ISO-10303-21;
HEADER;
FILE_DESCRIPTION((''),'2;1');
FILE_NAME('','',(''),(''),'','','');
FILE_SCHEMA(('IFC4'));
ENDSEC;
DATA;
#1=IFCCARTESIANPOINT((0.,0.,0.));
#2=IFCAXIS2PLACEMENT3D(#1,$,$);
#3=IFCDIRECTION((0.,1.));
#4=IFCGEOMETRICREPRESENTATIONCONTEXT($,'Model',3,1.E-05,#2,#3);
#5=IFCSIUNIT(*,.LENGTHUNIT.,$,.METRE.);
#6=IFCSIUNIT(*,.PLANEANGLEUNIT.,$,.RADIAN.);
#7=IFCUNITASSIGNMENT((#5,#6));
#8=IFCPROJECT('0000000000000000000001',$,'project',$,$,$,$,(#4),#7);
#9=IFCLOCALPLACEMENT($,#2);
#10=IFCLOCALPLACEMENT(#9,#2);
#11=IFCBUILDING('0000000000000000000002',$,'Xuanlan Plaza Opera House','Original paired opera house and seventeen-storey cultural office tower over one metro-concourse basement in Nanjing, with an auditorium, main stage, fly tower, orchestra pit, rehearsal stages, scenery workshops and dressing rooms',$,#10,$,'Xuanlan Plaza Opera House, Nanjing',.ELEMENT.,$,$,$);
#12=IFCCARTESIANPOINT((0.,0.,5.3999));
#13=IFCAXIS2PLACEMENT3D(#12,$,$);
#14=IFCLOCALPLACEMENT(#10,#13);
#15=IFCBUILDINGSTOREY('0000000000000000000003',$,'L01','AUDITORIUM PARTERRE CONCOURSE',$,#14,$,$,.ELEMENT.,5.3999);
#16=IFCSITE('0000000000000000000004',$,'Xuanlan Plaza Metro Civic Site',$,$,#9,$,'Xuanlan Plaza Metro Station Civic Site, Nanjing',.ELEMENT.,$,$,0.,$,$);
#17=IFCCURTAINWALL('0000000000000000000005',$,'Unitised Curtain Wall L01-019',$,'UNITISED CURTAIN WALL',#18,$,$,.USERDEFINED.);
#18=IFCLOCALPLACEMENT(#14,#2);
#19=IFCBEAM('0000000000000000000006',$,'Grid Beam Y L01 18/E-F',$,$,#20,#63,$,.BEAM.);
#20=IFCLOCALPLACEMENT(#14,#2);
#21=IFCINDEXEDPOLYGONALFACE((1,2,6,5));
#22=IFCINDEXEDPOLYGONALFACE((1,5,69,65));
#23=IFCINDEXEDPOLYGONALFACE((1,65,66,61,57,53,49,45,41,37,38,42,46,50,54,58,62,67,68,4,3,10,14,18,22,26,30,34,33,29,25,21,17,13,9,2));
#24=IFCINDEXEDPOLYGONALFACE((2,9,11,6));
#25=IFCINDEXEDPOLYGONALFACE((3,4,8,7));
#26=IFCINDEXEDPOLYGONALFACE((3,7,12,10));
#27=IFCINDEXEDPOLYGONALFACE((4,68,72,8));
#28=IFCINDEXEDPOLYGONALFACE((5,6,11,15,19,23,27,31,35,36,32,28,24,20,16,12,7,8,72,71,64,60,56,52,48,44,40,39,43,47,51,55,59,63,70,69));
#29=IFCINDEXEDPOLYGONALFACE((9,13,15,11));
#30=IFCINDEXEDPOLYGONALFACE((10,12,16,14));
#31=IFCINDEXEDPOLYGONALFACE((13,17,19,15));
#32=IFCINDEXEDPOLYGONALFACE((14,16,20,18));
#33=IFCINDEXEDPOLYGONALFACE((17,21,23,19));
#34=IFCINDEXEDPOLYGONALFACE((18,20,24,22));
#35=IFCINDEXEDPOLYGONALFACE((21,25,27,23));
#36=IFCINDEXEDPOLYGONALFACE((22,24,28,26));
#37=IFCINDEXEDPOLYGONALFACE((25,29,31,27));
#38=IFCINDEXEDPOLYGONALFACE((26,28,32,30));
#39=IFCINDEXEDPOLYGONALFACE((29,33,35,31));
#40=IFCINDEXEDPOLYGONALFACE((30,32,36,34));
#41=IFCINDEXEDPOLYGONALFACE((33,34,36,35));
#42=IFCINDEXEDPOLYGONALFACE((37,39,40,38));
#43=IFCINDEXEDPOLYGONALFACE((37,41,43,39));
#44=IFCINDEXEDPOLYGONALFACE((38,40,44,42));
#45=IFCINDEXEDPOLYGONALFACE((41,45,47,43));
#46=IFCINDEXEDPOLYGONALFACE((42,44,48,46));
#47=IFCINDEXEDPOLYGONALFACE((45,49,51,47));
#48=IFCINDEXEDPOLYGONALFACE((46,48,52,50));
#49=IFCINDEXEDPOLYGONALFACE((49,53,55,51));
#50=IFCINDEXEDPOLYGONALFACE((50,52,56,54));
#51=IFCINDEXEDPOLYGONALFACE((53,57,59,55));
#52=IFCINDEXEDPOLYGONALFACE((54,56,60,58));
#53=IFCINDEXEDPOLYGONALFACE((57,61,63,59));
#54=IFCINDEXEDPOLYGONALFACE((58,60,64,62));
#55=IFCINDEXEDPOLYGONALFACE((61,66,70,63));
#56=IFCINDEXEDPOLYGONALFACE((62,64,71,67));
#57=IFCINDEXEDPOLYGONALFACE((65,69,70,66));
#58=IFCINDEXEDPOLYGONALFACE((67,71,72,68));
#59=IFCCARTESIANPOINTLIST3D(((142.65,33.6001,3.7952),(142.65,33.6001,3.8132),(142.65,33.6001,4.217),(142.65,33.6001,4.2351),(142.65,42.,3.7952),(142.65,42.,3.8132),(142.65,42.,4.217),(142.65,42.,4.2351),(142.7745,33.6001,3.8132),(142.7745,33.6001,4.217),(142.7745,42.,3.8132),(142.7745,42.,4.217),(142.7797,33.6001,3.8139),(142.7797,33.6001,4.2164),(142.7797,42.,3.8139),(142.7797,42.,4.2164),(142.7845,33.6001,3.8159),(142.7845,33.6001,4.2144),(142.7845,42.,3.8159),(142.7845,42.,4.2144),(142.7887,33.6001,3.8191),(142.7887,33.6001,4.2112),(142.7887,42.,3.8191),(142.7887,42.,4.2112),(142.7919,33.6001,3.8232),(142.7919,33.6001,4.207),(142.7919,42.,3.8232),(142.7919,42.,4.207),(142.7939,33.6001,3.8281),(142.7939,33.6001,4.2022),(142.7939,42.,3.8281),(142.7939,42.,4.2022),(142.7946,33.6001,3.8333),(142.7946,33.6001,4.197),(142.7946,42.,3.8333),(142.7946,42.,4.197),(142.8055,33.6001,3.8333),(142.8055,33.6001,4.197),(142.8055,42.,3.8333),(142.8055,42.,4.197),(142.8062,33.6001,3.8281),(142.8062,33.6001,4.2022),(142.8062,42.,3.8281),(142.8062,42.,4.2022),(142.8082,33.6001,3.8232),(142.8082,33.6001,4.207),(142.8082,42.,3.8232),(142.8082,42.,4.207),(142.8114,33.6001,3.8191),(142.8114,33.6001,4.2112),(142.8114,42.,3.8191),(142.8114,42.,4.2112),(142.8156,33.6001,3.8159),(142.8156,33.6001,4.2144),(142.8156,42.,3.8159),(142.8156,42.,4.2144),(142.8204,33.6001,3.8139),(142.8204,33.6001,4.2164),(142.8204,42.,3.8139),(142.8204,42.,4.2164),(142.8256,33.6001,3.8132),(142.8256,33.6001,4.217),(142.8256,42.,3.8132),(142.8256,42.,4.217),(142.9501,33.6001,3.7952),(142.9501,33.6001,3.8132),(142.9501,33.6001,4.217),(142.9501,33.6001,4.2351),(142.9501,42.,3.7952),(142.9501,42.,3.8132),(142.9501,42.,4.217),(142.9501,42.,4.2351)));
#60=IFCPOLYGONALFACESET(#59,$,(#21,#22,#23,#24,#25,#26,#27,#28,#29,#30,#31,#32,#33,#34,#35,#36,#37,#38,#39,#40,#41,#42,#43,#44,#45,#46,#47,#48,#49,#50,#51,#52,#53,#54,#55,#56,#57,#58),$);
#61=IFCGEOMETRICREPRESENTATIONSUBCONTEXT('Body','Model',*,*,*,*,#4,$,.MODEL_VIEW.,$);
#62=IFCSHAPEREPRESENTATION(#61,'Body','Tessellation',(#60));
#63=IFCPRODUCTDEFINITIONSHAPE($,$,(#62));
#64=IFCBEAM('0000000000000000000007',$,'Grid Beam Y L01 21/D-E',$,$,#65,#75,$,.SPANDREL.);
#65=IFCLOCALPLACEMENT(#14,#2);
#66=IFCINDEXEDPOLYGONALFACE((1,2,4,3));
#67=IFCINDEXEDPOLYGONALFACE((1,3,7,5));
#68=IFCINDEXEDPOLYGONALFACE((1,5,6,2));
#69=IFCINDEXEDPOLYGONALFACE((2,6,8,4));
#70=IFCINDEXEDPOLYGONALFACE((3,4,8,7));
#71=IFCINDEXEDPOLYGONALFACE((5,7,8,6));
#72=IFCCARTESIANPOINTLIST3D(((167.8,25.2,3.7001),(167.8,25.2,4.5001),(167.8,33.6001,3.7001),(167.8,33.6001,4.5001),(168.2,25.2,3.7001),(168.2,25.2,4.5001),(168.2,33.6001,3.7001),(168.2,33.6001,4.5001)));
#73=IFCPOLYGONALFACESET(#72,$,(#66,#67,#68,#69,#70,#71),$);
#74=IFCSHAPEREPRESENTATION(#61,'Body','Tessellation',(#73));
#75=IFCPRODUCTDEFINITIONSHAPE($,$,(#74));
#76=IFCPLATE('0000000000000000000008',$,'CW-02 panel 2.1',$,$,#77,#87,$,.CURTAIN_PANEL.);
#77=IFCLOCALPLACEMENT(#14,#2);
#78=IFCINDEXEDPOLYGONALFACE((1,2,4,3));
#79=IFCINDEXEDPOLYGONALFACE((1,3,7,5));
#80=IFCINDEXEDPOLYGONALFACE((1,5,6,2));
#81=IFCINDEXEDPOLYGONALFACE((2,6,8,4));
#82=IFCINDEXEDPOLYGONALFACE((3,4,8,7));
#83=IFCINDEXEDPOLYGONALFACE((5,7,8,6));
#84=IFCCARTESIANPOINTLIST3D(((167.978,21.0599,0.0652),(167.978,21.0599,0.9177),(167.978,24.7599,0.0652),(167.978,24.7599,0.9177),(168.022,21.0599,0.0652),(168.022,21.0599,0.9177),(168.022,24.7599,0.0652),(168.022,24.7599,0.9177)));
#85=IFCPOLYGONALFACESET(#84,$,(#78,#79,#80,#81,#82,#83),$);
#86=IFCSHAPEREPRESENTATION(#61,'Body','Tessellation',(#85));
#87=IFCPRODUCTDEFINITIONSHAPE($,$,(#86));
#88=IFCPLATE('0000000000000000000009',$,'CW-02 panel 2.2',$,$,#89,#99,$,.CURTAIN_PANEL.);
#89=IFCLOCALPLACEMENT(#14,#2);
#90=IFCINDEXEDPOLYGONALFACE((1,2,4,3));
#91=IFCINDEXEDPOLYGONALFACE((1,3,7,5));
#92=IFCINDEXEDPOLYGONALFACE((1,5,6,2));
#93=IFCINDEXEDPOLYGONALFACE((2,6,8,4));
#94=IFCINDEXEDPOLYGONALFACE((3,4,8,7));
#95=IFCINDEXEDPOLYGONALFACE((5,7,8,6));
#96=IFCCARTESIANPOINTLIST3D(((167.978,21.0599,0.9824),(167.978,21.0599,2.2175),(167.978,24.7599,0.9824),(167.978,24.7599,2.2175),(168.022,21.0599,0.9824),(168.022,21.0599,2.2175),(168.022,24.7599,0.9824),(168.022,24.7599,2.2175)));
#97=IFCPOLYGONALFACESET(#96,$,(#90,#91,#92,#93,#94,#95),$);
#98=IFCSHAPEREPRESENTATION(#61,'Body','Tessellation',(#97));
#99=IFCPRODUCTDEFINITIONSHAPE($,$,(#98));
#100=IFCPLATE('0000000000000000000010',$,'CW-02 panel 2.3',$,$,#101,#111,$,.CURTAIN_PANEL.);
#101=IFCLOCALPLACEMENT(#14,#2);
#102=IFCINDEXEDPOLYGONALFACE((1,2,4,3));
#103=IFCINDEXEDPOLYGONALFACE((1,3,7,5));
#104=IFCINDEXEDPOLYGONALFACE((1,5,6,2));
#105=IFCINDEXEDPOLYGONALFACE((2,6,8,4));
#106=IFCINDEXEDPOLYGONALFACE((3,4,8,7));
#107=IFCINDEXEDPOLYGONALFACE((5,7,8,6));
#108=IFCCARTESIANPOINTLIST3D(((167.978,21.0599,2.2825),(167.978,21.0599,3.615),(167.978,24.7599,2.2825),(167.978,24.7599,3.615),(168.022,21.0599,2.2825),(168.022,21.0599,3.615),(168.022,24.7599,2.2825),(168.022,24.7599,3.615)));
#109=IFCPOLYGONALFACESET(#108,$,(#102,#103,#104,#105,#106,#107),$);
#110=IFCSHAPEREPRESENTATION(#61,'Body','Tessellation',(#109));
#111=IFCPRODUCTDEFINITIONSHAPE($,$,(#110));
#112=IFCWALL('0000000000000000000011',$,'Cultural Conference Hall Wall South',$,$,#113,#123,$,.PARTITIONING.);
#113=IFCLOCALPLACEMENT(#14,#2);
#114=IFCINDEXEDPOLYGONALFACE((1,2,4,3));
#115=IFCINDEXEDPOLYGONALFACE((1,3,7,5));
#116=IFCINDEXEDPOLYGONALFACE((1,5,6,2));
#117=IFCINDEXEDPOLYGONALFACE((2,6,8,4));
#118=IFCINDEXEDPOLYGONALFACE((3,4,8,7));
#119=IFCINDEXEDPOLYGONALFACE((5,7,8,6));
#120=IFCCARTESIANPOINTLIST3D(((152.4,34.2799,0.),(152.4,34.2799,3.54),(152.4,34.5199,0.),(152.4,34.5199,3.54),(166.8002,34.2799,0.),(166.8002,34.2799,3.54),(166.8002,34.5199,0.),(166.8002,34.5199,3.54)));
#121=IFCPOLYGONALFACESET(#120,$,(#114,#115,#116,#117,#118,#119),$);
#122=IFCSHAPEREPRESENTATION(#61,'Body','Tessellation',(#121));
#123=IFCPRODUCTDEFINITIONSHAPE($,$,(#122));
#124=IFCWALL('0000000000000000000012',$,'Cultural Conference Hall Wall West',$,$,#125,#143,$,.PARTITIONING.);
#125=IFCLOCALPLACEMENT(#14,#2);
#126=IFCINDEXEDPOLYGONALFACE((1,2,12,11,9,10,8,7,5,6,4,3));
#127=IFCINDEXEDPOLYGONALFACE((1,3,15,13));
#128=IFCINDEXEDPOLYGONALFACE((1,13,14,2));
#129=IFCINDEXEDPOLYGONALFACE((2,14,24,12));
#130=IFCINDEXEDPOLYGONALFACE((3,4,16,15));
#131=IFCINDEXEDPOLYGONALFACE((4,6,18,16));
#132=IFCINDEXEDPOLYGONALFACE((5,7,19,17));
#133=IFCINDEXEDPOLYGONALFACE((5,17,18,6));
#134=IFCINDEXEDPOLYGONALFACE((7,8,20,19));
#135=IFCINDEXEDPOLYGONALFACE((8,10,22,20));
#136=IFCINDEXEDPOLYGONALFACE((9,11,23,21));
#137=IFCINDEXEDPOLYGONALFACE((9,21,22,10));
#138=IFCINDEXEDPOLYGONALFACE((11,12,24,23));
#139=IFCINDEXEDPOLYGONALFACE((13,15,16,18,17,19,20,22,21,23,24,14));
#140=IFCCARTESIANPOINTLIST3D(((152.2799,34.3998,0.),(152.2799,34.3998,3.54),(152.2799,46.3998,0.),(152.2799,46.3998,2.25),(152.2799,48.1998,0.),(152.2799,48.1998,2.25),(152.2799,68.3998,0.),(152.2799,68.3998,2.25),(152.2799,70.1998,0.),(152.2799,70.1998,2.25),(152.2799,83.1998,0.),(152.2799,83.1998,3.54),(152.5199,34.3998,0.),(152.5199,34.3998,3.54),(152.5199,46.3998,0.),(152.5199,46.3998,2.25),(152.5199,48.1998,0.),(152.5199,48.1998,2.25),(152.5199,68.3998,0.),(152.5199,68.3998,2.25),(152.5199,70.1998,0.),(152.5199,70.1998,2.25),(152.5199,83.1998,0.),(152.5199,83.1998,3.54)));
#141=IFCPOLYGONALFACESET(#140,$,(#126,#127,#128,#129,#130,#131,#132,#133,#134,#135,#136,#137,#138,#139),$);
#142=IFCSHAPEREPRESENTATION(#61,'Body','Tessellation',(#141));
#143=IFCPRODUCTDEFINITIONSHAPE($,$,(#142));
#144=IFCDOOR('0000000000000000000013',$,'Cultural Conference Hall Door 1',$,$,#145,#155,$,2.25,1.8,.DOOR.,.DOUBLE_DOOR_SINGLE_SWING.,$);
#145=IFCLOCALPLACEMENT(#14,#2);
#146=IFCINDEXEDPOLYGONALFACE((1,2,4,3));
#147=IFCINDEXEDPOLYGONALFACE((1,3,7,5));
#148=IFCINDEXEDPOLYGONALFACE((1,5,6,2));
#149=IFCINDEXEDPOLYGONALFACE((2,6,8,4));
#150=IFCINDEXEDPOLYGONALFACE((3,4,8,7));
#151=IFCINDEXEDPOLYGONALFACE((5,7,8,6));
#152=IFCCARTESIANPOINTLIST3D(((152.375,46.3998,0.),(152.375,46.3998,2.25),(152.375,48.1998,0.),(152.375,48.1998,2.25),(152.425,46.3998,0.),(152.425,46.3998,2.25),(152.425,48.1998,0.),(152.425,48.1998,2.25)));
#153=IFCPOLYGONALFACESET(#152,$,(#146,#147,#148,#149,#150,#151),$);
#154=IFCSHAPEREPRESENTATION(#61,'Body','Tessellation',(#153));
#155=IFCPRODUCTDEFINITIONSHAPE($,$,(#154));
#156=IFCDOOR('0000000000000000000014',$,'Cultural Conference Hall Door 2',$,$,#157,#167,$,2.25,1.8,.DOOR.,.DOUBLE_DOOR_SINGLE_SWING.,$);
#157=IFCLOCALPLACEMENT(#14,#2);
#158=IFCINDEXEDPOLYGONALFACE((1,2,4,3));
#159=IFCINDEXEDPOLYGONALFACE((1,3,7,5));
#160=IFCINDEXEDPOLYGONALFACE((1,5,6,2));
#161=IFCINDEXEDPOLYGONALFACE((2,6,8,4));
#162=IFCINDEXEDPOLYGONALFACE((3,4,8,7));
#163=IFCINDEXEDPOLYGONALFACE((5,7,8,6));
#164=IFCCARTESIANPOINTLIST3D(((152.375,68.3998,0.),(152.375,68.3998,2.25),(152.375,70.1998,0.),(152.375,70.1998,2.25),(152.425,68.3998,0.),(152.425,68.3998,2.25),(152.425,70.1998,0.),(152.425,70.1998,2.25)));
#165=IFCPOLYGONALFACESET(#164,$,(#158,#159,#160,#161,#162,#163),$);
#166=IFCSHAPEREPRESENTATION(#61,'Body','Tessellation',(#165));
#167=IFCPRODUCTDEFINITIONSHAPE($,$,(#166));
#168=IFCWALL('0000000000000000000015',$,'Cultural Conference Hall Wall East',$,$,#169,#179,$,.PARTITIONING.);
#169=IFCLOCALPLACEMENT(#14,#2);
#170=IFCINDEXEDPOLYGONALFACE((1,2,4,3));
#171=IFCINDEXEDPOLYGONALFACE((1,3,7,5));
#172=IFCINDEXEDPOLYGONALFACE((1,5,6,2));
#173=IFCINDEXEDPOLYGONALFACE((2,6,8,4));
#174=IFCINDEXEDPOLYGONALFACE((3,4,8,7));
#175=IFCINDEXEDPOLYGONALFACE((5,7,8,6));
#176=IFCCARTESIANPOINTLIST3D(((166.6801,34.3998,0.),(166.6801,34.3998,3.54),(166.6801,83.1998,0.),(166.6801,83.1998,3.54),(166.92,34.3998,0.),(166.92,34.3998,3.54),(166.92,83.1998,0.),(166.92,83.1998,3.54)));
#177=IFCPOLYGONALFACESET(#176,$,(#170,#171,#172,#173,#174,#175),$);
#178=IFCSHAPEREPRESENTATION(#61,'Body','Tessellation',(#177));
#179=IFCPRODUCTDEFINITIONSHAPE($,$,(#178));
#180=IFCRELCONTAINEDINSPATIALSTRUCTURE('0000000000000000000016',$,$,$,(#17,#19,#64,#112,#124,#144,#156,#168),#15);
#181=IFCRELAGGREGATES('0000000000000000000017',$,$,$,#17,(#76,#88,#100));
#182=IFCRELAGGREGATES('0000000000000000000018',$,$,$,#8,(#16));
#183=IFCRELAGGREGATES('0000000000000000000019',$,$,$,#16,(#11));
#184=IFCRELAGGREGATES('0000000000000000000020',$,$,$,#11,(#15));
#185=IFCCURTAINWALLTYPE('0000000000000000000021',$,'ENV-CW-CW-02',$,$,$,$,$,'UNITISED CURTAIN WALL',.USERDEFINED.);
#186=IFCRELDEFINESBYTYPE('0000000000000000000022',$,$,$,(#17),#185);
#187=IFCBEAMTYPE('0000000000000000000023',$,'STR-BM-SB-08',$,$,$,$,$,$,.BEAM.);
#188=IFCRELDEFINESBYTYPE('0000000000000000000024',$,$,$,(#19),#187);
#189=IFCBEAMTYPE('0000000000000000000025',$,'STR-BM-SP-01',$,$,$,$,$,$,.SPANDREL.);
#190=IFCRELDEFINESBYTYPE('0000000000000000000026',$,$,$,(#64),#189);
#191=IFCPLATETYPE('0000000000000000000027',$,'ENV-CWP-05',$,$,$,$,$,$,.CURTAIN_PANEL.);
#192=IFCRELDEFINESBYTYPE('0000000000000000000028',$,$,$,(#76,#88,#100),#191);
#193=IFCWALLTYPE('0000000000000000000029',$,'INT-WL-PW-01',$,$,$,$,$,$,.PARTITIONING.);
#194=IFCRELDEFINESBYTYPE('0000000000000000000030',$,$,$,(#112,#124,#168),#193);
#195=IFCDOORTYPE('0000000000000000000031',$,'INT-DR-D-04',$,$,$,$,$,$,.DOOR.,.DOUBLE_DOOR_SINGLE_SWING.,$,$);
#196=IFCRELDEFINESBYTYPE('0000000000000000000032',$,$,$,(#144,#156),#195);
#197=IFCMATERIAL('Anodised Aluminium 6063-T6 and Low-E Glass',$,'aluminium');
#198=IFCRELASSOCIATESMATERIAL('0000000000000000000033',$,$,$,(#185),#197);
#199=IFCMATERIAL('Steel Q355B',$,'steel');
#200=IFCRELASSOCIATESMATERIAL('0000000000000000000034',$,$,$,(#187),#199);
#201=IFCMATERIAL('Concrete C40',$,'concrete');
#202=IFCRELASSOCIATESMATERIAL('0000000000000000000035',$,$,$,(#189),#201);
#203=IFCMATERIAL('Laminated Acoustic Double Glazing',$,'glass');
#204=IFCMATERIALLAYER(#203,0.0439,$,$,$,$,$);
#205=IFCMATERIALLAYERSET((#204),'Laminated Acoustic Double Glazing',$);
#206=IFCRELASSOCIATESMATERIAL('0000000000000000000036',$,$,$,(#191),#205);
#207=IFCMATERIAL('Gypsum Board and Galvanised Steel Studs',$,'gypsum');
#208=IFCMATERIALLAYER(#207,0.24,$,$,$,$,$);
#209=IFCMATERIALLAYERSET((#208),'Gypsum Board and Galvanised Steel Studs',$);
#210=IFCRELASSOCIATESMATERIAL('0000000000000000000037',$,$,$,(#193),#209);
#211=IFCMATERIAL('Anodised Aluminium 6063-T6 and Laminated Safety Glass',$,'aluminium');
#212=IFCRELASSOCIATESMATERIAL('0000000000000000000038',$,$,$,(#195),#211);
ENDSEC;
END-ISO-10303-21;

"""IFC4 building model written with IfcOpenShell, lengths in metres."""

from ifc_helpers import new_model, si_unit, direction, frame, frame_2d, origin, origin_2d, place, context, subcontext, project, spatial, rectangle, i_section, extrude, material, layer, layer_set, material_profile, profile_set, type_object, element, fill, aggregate, save


model = new_model("IFC4")

# Units and contexts
model_context = context("Model", 3, precision=1e-05, world=origin(), true_north=direction((0.0, 1.0)))
body_context = subcontext(model_context, "Body", "Model", "MODEL_VIEW")
ifc_project = project(units=[si_unit("LENGTHUNIT", "METRE"), si_unit("PLANEANGLEUNIT", "RADIAN")], contexts=[model_context])

# Site, building, storey
site_placement = place(None, origin())
site = spatial("IfcSite", under=ifc_project, at=site_placement, Name="Xuanlan Plaza Metro Civic Site", LongName="Xuanlan Plaza Metro Station Civic Site, Nanjing", CompositionType="ELEMENT", RefElevation=0.0)
building_placement = place(site_placement, origin())
building = spatial("IfcBuilding", under=site, at=building_placement, Name="Xuanlan Plaza Opera House", Description="Original paired opera house and seventeen-storey cultural office tower over one metro-concourse basement in Nanjing, with an auditorium, main stage, fly tower, orchestra pit, rehearsal stages, scenery workshops and dressing rooms", LongName="Xuanlan Plaza Opera House, Nanjing", CompositionType="ELEMENT")
storey_placement = place(building_placement, frame((0.0, 0.0, 5.3999)))
storey = spatial("IfcBuildingStorey", under=building, at=storey_placement, Name="L01", Description="AUDITORIUM PARTERRE CONCOURSE", CompositionType="ELEMENT", Elevation=5.3999)

# Shared definitions
ifc_material_1 = material(Name="Concrete C40", Category="concrete")

# Curtain wall
ifc_material_2 = material(Name="Anodised Aluminium 6063-T6 and Low-E Glass", Category="aluminium")
curtain_wall_type_1 = type_object("IfcCurtainWallType", Name="ENV-CW-CW-02", ElementType="UNITISED CURTAIN WALL", PredefinedType="USERDEFINED", material=ifc_material_2)
curtain_wall_1_placement = place(storey_placement, origin())
curtain_wall_1 = element("IfcCurtainWall", 1, at=curtain_wall_1_placement, inside=storey, type_object=curtain_wall_type_1, Name="Unitised Curtain Wall L01-019", ObjectType="UNITISED CURTAIN WALL", PredefinedType="USERDEFINED")

# Beams
ifc_material_3 = material(Name="Steel Q355B", Category="steel")
ifc_material_profile_1 = material_profile(ifc_material_3, i_section(OverallWidth=0.3, OverallDepth=0.4399, WebThickness=0.011, FlangeThickness=0.0181, FilletRadius=0.02, at=origin_2d()), Name="HM 440x300x11x18")
ifc_profile_set_1 = profile_set([ifc_material_profile_1], Name="Steel Q355B")
beam_type_1 = type_object("IfcBeamType", Name="STR-BM-SB-08", PredefinedType="BEAM", material=ifc_profile_set_1)
beam_1_placement = place(storey_placement, frame((142.8, 33.6001, 4.0151), z_axis=(0.0, 1.0, 0.0), x_axis=(-1.0, 0.0, 0.0)))
element("IfcBeam", 2, at=beam_1_placement, inside=storey, type_object=beam_type_1, Name="Grid Beam Y L01 18/E-F", PredefinedType="BEAM", context=body_context, shape_type="SweptSolid", body=[
    extrude(i_section(OverallWidth=0.3, OverallDepth=0.4399, WebThickness=0.011, FlangeThickness=0.0181, FilletRadius=0.02, at=origin_2d()), origin(), (0.0, 0.0, 1.0), 8.3999),
])
ifc_material_profile_2 = material_profile(ifc_material_1, rectangle(XDim=0.3999, YDim=0.8, at=origin_2d()), Name="RC-SPD 400x800")
ifc_profile_set_2 = profile_set([ifc_material_profile_2], Name="Concrete C40")
beam_type_2 = type_object("IfcBeamType", Name="STR-BM-SP-01", PredefinedType="SPANDREL", material=ifc_profile_set_2)
beam_2_placement = place(storey_placement, frame((168.0, 25.2, 4.1001), z_axis=(0.0, 1.0, 0.0), x_axis=(-1.0, 0.0, 0.0)))
element("IfcBeam", 3, at=beam_2_placement, inside=storey, type_object=beam_type_2, Name="Grid Beam Y L01 21/D-E", PredefinedType="SPANDREL", context=body_context, shape_type="SweptSolid", body=[
    extrude(rectangle(XDim=0.3999, YDim=0.8, at=origin_2d()), origin(), (0.0, 0.0, 1.0), 8.4001),
])

# Plates
ifc_material_4 = material(Name="Laminated Acoustic Double Glazing", Category="glass")
ifc_layer_1 = layer(ifc_material_4, 0.0439)
ifc_layer_set_1 = layer_set([ifc_layer_1], Name="Laminated Acoustic Double Glazing")
plate_type = type_object("IfcPlateType", Name="ENV-CWP-05", PredefinedType="CURTAIN_PANEL", material=ifc_layer_set_1)
plate_1_placement = place(storey_placement, frame((168.0, 22.9099, 0.0652), z_axis=(0.0, 0.0, 1.0), x_axis=(0.0, 1.0, 0.0)))
plate_1 = element("IfcPlate", 4, at=plate_1_placement, type_object=plate_type, Name="CW-02 panel 2.1", PredefinedType="CURTAIN_PANEL", context=body_context, shape_type="SweptSolid", body=[
    extrude(rectangle(XDim=3.7, YDim=0.0439, at=origin_2d()), origin(), (0.0, 0.0, 1.0), 0.8525),
])
plate_2_placement = place(storey_placement, frame((168.0, 22.9099, 0.9824), z_axis=(0.0, 0.0, 1.0), x_axis=(0.0, 1.0, 0.0)))
plate_2 = element("IfcPlate", 5, at=plate_2_placement, type_object=plate_type, Name="CW-02 panel 2.2", PredefinedType="CURTAIN_PANEL", context=body_context, shape_type="SweptSolid", body=[
    extrude(rectangle(XDim=3.7, YDim=0.0439, at=origin_2d()), origin(), (0.0, 0.0, 1.0), 1.2351),
])
plate_3_placement = place(storey_placement, frame((168.0, 22.9099, 2.2825), z_axis=(0.0, 0.0, 1.0), x_axis=(0.0, 1.0, 0.0)))
plate_3 = element("IfcPlate", 6, at=plate_3_placement, type_object=plate_type, Name="CW-02 panel 2.3", PredefinedType="CURTAIN_PANEL", context=body_context, shape_type="SweptSolid", body=[
    extrude(rectangle(XDim=3.7, YDim=0.0439, at=origin_2d()), origin(), (0.0, 0.0, 1.0), 1.3325),
])
aggregate(curtain_wall_1, [plate_1, plate_2, plate_3])

# Wall
ifc_material_5 = material(Name="Gypsum Board and Galvanised Steel Studs", Category="gypsum")
ifc_layer_2 = layer(ifc_material_5, 0.24)
ifc_layer_set_2 = layer_set([ifc_layer_2], Name="Gypsum Board and Galvanised Steel Studs")
wall_type = type_object("IfcWallType", Name="INT-WL-PW-01", PredefinedType="PARTITIONING", material=ifc_layer_set_2)
wall_1_placement = place(storey_placement, frame((152.3999, 34.3999, 0.0), z_axis=(0.0, 0.0, 1.0), x_axis=(1.0, 0.0, 0.0)))
element("IfcWall", 7, at=wall_1_placement, inside=storey, type_object=wall_type, Name="Cultural Conference Hall Wall South", PredefinedType="PARTITIONING", context=body_context, shape_type="SweptSolid", body=[
    extrude(rectangle(XDim=14.4001, YDim=0.24, at=frame_2d((7.2002, 0.0))), origin(), (0.0, 0.0, 1.0), 3.54),
])

# Wall, openings, doors
wall_2_placement = place(storey_placement, frame((152.3999, 34.3999, 0.0), z_axis=(0.0, 0.0, 1.0), x_axis=(0.0, 1.0, 0.0)))
wall_2 = element("IfcWall", 8, at=wall_2_placement, inside=storey, type_object=wall_type, Name="Cultural Conference Hall Wall West", PredefinedType="PARTITIONING", context=body_context, shape_type="SweptSolid", body=[
    extrude(rectangle(XDim=48.8, YDim=0.24, at=frame_2d((24.3999, 0.0))), origin(), (0.0, 0.0, 1.0), 3.54),
])
opening_1_placement = place(wall_2_placement, frame((12.0, 0.0, 0.0)))
opening_1 = element("IfcOpeningElement", 9, at=opening_1_placement, cuts=wall_2, PredefinedType="OPENING", context=body_context, shape_type="SweptSolid", body=[
    extrude(rectangle(XDim=1.8, YDim=2.25, at=frame_2d((0.8999, 1.125))), frame((0.0, 0.1299, 0.0), z_axis=(0.0, -1.0, 0.0), x_axis=(1.0, 0.0, 0.0)), (0.0, 0.0, 1.0), 0.26),
])
opening_2_placement = place(wall_2_placement, frame((34.0, 0.0, 0.0)))
opening_2 = element("IfcOpeningElement", 10, at=opening_2_placement, cuts=wall_2, PredefinedType="OPENING", context=body_context, shape_type="SweptSolid", body=[
    extrude(rectangle(XDim=1.8, YDim=2.25, at=frame_2d((0.8999, 1.125))), frame((0.0, 0.1299, 0.0), z_axis=(0.0, -1.0, 0.0), x_axis=(1.0, 0.0, 0.0)), (0.0, 0.0, 1.0), 0.26),
])
ifc_material_6 = material(Name="Anodised Aluminium 6063-T6 and Laminated Safety Glass", Category="aluminium")
door_type = type_object("IfcDoorType", Name="INT-DR-D-04", OperationType="DOUBLE_DOOR_SINGLE_SWING", PredefinedType="DOOR", material=ifc_material_6)
door_1_placement = place(opening_1_placement, origin())
door_1 = element("IfcDoor", 11, at=door_1_placement, inside=storey, type_object=door_type, Name="Cultural Conference Hall Door 1", OperationType="DOUBLE_DOOR_SINGLE_SWING", OverallHeight=2.25, OverallWidth=1.8, PredefinedType="DOOR", context=body_context, shape_type="SweptSolid", body=[
    extrude(rectangle(XDim=1.8, YDim=2.25, at=frame_2d((0.8999, 1.125))), frame((0.0, 0.0249, 0.0), z_axis=(0.0, -1.0, 0.0), x_axis=(1.0, 0.0, 0.0)), (0.0, 0.0, 1.0), 0.05),
])
fill(opening_1, door_1)
door_2_placement = place(opening_2_placement, origin())
door_2 = element("IfcDoor", 12, at=door_2_placement, inside=storey, type_object=door_type, Name="Cultural Conference Hall Door 2", OperationType="DOUBLE_DOOR_SINGLE_SWING", OverallHeight=2.25, OverallWidth=1.8, PredefinedType="DOOR", context=body_context, shape_type="SweptSolid", body=[
    extrude(rectangle(XDim=1.8, YDim=2.25, at=frame_2d((0.8999, 1.125))), frame((0.0, 0.0249, 0.0), z_axis=(0.0, -1.0, 0.0), x_axis=(1.0, 0.0, 0.0)), (0.0, 0.0, 1.0), 0.05),
])
fill(opening_2, door_2)

# Wall
wall_3_placement = place(storey_placement, frame((166.8, 34.3999, 0.0), z_axis=(0.0, 0.0, 1.0), x_axis=(0.0, 1.0, 0.0)))
element("IfcWall", 13, at=wall_3_placement, inside=storey, type_object=wall_type, Name="Cultural Conference Hall Wall East", PredefinedType="PARTITIONING", context=body_context, shape_type="SweptSolid", body=[
    extrude(rectangle(XDim=48.8, YDim=0.24, at=frame_2d((24.3999, 0.0))), origin(), (0.0, 0.0, 1.0), 3.54),
])

save(model, "model.ifc")
